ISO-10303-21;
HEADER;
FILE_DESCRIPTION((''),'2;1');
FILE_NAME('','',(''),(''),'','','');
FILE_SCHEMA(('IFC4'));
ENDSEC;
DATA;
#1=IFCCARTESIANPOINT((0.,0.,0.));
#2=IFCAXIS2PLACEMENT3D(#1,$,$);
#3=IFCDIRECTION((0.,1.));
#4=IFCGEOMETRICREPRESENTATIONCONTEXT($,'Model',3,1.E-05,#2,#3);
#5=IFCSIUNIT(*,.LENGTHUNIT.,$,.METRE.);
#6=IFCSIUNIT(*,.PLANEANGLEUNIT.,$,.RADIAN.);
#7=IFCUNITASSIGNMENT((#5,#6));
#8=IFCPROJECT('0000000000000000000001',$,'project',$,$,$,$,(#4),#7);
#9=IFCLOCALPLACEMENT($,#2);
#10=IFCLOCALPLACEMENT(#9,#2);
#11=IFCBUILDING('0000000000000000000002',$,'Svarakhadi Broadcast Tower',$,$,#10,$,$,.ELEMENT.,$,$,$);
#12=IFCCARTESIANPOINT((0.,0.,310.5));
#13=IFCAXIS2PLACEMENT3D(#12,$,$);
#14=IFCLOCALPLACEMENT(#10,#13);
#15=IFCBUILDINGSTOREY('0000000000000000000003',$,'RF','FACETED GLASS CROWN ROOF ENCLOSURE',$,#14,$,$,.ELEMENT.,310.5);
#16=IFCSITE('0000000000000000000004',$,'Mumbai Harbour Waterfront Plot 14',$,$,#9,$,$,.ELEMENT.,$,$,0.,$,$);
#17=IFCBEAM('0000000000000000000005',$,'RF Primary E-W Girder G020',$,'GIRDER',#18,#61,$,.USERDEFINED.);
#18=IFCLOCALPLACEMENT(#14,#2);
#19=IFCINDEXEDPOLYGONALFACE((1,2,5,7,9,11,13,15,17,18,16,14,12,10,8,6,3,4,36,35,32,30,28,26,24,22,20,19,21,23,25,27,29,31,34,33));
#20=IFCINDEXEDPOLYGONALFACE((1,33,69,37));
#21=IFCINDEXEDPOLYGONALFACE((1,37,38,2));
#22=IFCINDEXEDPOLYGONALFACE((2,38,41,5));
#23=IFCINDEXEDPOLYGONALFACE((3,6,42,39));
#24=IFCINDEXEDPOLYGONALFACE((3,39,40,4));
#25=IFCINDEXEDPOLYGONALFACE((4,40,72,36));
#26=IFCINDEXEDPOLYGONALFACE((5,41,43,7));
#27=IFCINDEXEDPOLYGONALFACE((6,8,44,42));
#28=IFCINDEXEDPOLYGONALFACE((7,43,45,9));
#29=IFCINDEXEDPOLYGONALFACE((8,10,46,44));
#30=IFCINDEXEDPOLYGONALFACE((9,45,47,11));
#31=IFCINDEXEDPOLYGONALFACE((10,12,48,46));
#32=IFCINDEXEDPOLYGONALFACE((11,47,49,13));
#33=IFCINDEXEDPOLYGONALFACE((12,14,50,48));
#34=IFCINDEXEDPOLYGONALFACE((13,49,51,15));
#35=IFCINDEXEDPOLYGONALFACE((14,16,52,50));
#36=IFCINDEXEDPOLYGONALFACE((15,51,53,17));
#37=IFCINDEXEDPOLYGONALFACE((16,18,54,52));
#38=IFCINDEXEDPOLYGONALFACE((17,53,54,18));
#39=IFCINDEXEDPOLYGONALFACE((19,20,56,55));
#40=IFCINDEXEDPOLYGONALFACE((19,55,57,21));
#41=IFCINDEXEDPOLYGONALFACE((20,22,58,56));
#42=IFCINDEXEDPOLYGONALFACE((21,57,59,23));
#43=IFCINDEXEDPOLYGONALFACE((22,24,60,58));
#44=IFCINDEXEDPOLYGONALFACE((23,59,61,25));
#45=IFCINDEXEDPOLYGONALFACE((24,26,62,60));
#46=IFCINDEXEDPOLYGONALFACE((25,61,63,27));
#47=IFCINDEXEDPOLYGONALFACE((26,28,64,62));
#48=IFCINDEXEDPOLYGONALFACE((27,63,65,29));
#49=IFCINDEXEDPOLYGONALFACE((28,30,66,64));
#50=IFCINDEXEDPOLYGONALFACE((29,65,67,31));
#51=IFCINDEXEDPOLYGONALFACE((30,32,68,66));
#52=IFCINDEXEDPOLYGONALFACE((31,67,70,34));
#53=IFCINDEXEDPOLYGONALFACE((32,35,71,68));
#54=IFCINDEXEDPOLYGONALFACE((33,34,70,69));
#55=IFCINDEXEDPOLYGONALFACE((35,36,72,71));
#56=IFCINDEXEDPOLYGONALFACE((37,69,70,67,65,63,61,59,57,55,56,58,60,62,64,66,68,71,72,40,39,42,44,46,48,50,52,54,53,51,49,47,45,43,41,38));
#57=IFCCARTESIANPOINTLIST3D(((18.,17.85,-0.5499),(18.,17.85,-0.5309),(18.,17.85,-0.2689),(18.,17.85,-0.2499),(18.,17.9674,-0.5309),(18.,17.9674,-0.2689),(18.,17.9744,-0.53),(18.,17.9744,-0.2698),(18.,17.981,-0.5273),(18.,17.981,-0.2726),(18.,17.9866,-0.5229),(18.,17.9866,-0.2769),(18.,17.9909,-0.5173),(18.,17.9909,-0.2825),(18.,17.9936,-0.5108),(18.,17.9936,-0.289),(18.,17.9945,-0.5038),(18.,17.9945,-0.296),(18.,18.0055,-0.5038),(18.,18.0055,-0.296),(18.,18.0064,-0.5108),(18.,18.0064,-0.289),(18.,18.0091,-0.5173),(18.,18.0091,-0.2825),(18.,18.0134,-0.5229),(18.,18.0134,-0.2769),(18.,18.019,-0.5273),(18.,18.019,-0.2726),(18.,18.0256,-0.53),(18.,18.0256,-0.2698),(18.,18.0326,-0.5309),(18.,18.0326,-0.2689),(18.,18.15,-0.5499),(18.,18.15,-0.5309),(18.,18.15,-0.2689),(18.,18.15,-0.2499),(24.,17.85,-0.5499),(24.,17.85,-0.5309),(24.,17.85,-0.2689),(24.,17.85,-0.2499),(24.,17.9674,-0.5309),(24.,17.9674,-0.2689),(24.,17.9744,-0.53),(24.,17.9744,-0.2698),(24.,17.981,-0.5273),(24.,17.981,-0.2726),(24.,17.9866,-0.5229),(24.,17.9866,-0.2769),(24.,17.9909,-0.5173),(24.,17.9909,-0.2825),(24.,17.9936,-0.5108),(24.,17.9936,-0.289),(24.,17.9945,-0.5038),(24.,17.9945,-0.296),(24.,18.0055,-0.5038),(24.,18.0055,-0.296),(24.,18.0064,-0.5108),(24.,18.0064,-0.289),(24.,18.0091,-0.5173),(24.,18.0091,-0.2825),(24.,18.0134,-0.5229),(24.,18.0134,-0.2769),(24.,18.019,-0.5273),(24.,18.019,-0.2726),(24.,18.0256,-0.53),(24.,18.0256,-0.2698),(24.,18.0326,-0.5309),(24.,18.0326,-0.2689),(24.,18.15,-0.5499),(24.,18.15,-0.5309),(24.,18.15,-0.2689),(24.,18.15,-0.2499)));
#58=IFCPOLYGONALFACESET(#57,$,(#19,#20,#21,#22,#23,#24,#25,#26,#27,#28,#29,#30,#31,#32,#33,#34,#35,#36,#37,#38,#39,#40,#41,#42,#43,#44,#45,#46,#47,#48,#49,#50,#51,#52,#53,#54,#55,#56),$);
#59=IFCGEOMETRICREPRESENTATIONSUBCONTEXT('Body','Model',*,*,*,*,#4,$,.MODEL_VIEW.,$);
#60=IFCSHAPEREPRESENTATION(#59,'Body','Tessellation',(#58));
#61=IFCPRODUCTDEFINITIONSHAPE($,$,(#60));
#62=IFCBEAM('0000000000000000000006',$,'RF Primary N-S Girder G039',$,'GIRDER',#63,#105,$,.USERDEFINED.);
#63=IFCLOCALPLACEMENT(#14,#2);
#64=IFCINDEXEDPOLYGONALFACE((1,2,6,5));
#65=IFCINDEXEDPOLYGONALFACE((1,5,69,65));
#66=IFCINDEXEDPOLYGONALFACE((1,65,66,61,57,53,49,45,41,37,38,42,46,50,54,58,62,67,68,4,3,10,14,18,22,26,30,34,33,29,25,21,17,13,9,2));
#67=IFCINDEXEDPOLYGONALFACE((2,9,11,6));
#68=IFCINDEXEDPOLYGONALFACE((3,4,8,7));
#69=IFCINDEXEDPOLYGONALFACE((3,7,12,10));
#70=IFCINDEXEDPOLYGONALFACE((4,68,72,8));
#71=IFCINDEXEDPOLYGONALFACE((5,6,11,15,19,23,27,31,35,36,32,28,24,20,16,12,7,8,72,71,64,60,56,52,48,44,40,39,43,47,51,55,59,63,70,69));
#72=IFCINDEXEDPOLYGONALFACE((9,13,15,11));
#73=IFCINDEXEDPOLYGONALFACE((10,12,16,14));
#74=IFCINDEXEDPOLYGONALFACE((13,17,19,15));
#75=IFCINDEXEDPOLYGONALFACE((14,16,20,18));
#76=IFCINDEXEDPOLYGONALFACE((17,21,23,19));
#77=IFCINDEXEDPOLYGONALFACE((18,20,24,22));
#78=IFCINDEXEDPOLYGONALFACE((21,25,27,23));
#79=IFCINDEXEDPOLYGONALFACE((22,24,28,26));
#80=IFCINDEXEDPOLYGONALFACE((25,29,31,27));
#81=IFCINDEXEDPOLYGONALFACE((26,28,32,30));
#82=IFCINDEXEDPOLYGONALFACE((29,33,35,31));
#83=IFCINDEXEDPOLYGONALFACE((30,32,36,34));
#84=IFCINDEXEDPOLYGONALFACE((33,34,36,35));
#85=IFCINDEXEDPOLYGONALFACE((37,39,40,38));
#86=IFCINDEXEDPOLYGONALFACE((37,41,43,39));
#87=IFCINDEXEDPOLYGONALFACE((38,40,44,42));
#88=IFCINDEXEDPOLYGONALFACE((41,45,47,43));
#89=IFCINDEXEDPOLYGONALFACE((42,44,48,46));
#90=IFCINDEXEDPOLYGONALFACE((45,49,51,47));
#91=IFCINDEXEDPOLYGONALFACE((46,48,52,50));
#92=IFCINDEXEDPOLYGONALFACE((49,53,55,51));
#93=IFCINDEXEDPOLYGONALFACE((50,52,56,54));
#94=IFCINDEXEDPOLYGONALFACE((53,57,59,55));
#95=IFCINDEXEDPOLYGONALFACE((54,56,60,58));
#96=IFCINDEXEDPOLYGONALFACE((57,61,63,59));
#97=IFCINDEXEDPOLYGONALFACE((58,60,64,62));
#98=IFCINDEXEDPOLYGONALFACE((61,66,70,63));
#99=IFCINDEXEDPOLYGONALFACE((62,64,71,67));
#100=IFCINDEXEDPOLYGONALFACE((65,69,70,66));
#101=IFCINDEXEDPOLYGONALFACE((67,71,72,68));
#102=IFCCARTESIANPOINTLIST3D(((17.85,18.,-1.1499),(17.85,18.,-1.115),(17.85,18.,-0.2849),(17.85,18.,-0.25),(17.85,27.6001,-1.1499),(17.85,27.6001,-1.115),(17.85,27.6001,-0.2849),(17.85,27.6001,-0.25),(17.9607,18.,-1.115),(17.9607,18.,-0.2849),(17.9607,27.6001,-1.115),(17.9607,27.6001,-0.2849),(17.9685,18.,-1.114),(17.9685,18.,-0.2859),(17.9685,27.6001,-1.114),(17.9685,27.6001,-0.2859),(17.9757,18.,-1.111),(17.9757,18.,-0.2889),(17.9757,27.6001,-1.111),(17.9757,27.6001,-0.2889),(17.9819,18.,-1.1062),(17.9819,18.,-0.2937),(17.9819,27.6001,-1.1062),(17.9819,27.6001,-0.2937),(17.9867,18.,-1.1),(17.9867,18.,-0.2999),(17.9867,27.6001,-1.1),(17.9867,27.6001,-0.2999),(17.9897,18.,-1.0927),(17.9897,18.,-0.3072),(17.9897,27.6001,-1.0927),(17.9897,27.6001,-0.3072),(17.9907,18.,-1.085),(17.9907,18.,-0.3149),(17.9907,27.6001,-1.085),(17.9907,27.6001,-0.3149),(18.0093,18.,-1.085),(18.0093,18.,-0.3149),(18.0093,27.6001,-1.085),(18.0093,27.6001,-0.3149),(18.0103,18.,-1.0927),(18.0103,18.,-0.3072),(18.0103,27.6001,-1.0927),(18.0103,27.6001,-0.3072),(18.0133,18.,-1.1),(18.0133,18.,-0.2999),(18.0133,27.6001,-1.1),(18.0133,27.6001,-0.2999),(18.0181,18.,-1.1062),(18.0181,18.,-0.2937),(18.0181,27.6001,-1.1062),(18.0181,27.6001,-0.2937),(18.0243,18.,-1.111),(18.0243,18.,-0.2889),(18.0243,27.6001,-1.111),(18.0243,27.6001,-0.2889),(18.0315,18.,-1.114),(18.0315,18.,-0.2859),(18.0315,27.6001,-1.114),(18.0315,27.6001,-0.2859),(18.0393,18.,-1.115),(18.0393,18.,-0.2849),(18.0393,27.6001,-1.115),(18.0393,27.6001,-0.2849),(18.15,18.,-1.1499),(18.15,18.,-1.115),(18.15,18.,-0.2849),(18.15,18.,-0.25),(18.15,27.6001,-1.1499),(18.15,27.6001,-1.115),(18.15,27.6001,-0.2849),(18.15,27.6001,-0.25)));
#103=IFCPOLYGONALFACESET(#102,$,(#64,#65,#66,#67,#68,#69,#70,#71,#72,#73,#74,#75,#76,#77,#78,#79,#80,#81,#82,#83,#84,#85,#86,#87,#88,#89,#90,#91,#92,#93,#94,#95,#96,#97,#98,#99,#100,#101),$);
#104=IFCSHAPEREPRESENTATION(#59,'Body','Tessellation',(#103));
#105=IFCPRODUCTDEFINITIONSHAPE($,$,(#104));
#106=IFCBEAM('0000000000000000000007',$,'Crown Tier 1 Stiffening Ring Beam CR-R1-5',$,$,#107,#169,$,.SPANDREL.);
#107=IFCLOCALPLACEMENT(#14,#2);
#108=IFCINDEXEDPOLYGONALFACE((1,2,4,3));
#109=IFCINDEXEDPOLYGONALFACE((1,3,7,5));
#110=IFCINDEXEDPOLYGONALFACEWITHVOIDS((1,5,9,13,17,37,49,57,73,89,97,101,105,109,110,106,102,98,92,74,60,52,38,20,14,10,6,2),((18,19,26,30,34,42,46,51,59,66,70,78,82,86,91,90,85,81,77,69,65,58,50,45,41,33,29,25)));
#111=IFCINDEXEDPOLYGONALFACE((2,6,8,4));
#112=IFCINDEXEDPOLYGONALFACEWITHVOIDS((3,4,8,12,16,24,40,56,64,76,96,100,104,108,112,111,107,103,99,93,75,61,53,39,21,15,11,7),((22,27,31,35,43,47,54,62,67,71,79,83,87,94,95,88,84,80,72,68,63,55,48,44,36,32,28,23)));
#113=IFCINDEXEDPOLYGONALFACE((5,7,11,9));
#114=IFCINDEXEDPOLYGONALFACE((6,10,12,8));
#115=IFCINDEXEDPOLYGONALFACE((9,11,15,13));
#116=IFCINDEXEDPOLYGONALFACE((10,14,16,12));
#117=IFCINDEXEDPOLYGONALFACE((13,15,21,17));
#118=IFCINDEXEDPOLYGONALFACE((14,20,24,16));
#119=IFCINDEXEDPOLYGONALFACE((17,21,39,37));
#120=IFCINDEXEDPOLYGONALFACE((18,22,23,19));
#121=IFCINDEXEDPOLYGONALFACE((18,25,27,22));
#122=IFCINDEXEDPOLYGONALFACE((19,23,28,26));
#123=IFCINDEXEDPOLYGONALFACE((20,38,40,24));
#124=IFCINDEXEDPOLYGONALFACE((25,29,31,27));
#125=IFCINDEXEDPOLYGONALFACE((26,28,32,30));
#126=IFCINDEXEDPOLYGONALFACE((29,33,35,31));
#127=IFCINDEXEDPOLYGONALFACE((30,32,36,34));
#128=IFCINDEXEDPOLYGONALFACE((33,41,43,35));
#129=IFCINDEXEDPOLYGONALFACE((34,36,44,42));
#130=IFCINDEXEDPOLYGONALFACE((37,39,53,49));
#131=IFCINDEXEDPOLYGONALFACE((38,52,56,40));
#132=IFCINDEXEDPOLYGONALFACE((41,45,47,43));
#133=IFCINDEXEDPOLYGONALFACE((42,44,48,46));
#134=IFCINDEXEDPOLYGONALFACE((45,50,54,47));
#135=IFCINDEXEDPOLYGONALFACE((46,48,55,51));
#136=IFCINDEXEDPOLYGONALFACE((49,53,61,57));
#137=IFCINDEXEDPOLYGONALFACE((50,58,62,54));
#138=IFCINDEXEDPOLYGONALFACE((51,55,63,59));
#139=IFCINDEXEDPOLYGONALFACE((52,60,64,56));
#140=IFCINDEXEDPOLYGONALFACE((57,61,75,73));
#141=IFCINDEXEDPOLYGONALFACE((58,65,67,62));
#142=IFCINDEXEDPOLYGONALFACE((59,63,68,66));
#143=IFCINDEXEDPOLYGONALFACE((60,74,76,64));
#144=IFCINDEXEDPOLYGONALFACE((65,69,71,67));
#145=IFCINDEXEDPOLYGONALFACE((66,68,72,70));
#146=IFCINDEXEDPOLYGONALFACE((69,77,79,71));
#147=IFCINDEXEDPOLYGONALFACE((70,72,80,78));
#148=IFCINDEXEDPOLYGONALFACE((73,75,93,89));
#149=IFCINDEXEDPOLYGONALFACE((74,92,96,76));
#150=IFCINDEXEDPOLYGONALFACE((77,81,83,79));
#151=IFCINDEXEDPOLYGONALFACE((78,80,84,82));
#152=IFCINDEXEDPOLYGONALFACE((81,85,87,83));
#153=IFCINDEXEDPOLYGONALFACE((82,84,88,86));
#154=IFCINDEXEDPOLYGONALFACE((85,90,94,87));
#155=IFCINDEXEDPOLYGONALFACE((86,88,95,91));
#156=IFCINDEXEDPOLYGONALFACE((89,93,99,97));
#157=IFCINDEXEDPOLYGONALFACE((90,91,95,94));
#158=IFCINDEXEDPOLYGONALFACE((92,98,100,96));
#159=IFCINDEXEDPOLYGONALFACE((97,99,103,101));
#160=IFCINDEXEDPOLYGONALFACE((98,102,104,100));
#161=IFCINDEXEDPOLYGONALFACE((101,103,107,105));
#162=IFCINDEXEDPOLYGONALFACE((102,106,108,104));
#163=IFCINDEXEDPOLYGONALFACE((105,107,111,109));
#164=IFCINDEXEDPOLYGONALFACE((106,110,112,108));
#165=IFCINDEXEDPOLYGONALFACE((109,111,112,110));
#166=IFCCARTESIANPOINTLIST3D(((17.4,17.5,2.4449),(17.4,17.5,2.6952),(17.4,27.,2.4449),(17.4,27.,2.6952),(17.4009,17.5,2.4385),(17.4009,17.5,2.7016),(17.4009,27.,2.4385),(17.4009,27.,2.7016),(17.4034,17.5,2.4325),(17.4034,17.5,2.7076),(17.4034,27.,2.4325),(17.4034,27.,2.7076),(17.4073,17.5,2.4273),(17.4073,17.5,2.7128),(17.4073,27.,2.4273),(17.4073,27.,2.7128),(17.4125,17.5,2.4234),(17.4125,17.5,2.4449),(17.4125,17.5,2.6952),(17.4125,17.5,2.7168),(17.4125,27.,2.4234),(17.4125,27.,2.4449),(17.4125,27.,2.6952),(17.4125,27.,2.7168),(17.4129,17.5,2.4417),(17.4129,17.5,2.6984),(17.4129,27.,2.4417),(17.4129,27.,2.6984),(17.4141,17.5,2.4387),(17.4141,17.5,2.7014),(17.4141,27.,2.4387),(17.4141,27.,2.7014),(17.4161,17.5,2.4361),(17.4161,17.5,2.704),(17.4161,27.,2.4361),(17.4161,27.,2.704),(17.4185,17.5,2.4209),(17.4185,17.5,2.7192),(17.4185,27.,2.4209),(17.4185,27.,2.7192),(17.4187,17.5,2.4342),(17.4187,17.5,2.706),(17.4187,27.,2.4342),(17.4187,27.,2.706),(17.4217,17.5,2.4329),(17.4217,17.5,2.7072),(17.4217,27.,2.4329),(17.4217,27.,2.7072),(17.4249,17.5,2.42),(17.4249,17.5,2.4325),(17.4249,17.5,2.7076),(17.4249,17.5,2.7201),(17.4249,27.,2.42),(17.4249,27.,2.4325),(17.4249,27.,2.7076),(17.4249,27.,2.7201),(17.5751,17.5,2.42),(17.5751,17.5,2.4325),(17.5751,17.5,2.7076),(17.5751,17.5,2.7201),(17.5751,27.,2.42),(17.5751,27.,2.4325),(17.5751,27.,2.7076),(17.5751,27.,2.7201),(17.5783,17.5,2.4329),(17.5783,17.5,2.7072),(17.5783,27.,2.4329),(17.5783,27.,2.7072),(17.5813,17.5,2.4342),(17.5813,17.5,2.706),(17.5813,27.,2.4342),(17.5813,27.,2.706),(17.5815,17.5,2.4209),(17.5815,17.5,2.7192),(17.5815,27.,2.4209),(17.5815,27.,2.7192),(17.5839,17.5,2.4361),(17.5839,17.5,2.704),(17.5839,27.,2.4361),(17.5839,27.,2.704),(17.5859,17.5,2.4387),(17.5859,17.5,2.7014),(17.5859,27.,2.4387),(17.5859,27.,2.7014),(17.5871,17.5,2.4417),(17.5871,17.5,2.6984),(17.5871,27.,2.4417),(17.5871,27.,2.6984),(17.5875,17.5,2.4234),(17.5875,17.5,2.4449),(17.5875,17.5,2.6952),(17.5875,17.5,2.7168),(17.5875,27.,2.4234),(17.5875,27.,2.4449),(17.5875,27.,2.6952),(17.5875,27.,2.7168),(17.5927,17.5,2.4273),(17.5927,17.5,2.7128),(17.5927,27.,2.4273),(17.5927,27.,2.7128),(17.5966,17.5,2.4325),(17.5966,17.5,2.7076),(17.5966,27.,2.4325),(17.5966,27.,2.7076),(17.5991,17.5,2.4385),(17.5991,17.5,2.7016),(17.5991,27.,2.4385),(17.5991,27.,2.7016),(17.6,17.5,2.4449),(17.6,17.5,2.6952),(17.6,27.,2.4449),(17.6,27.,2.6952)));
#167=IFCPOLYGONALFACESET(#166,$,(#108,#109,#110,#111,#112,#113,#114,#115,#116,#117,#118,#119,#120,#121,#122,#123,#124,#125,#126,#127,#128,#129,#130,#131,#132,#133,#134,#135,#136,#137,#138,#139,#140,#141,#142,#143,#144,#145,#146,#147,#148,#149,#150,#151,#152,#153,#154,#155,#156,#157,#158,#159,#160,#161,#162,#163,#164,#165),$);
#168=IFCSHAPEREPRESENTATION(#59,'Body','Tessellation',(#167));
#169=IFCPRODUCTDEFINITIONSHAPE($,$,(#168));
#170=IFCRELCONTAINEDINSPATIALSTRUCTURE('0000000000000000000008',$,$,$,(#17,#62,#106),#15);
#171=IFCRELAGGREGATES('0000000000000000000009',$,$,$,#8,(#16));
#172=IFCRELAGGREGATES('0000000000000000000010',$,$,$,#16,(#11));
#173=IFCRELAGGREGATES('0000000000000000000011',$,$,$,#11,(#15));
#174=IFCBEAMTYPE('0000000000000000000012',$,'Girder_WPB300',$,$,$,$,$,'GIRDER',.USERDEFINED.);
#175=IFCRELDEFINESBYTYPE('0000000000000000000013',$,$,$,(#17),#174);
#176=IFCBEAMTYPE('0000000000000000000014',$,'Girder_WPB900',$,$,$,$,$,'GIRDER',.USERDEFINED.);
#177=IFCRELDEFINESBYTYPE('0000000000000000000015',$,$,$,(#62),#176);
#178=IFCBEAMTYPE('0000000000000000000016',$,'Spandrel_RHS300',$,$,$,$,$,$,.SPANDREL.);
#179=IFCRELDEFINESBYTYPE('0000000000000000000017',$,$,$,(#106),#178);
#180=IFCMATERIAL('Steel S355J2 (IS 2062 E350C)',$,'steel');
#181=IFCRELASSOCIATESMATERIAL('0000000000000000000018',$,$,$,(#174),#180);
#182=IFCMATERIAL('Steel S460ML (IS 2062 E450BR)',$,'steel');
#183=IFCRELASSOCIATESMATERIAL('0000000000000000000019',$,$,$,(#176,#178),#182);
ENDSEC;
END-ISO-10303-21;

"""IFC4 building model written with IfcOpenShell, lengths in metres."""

from ifc_helpers import new_model, si_unit, direction, frame, origin, origin_2d, place, context, subcontext, project, spatial, hollow_rectangle, i_section, extrude, material, material_profile, profile_set, type_object, element, save


model = new_model("IFC4")

# Units and contexts
model_context = context("Model", 3, precision=1e-05, world=origin(), true_north=direction((0.0, 1.0)))
body_context = subcontext(model_context, "Body", "Model", "MODEL_VIEW")
ifc_project = project(units=[si_unit("LENGTHUNIT", "METRE"), si_unit("PLANEANGLEUNIT", "RADIAN")], contexts=[model_context])

# Site, building, storey
site_placement = place(None, origin())
site = spatial("IfcSite", under=ifc_project, at=site_placement, Name="Mumbai Harbour Waterfront Plot 14", CompositionType="ELEMENT", RefElevation=0.0)
building_placement = place(site_placement, origin())
building = spatial("IfcBuilding", under=site, at=building_placement, Name="Svarakhadi Broadcast Tower", CompositionType="ELEMENT")
storey_placement = place(building_placement, frame((0.0, 0.0, 310.5)))
storey = spatial("IfcBuildingStorey", under=building, at=storey_placement, Name="RF", Description="FACETED GLASS CROWN ROOF ENCLOSURE", CompositionType="ELEMENT", Elevation=310.5)

# Shared definitions
ifc_material_1 = material(Name="Steel S460ML (IS 2062 E450BR)", Category="steel")

# Beams
ifc_material_2 = material(Name="Steel S355J2 (IS 2062 E350C)", Category="steel")
ifc_material_profile_1 = material_profile(ifc_material_2, i_section(OverallWidth=0.3, OverallDepth=0.3, WebThickness=0.011, FlangeThickness=0.019, FilletRadius=0.0271, at=origin_2d()), Name="WPB 300x300x117")
ifc_profile_set_1 = profile_set([ifc_material_profile_1], Name="Steel S355J2 (IS 2062 E350C)")
beam_type_1 = type_object("IfcBeamType", Name="Girder_WPB300", ElementType="GIRDER", PredefinedType="USERDEFINED", material=ifc_profile_set_1)
beam_1_placement = place(storey_placement, frame((18.0, 18.0, -0.3999), z_axis=(1.0, 0.0, 0.0), x_axis=(0.0, 1.0, 0.0)))
element("IfcBeam", 1, at=beam_1_placement, inside=storey, type_object=beam_type_1, Name="RF Primary E-W Girder G020", ObjectType="GIRDER", PredefinedType="USERDEFINED", context=body_context, shape_type="SweptSolid", body=[
    extrude(i_section(OverallWidth=0.3, OverallDepth=0.3, WebThickness=0.011, FlangeThickness=0.019, FilletRadius=0.0271, at=origin_2d()), origin(), (0.0, 0.0, 1.0), 6.0),
])
ifc_material_profile_2 = material_profile(ifc_material_1, i_section(OverallWidth=0.3, OverallDepth=0.8999, WebThickness=0.0186, FlangeThickness=0.0349, FilletRadius=0.03, at=origin_2d()), Name="WPB 900x300x291")
ifc_profile_set_2 = profile_set([ifc_material_profile_2], Name="Steel S460ML (IS 2062 E450BR)")
beam_type_2 = type_object("IfcBeamType", Name="Girder_WPB900", ElementType="GIRDER", PredefinedType="USERDEFINED", material=ifc_profile_set_2)
beam_2_placement = place(storey_placement, frame((18.0, 18.0, -0.7), z_axis=(0.0, 1.0, 0.0), x_axis=(-1.0, 0.0, 0.0)))
element("IfcBeam", 2, at=beam_2_placement, inside=storey, type_object=beam_type_2, Name="RF Primary N-S Girder G039", ObjectType="GIRDER", PredefinedType="USERDEFINED", context=body_context, shape_type="SweptSolid", body=[
    extrude(i_section(OverallWidth=0.3, OverallDepth=0.8999, WebThickness=0.0186, FlangeThickness=0.0349, FilletRadius=0.03, at=origin_2d()), origin(), (0.0, 0.0, 1.0), 9.6001),
])
ifc_material_profile_3 = material_profile(ifc_material_1, hollow_rectangle(XDim=0.2, YDim=0.3, WallThickness=0.0125, InnerFilletRadius=0.0125, OuterFilletRadius=0.0249, at=origin_2d()), Name="RHS 300x200x12.5")
ifc_profile_set_3 = profile_set([ifc_material_profile_3], Name="Steel S460ML (IS 2062 E450BR)")
beam_type_3 = type_object("IfcBeamType", Name="Spandrel_RHS300", PredefinedType="SPANDREL", material=ifc_profile_set_3)
beam_3_placement = place(storey_placement, frame((17.5, 17.5, 2.5701), z_axis=(0.0, 1.0, 0.0), x_axis=(-1.0, 0.0, 0.0)))
element("IfcBeam", 3, at=beam_3_placement, inside=storey, type_object=beam_type_3, Name="Crown Tier 1 Stiffening Ring Beam CR-R1-5", PredefinedType="SPANDREL", context=body_context, shape_type="SweptSolid", body=[
    extrude(hollow_rectangle(XDim=0.2, YDim=0.3, WallThickness=0.0125, InnerFilletRadius=0.0125, OuterFilletRadius=0.0249, at=origin_2d()), origin(), (0.0, 0.0, 1.0), 9.5),
])

save(model, "model.ifc")
